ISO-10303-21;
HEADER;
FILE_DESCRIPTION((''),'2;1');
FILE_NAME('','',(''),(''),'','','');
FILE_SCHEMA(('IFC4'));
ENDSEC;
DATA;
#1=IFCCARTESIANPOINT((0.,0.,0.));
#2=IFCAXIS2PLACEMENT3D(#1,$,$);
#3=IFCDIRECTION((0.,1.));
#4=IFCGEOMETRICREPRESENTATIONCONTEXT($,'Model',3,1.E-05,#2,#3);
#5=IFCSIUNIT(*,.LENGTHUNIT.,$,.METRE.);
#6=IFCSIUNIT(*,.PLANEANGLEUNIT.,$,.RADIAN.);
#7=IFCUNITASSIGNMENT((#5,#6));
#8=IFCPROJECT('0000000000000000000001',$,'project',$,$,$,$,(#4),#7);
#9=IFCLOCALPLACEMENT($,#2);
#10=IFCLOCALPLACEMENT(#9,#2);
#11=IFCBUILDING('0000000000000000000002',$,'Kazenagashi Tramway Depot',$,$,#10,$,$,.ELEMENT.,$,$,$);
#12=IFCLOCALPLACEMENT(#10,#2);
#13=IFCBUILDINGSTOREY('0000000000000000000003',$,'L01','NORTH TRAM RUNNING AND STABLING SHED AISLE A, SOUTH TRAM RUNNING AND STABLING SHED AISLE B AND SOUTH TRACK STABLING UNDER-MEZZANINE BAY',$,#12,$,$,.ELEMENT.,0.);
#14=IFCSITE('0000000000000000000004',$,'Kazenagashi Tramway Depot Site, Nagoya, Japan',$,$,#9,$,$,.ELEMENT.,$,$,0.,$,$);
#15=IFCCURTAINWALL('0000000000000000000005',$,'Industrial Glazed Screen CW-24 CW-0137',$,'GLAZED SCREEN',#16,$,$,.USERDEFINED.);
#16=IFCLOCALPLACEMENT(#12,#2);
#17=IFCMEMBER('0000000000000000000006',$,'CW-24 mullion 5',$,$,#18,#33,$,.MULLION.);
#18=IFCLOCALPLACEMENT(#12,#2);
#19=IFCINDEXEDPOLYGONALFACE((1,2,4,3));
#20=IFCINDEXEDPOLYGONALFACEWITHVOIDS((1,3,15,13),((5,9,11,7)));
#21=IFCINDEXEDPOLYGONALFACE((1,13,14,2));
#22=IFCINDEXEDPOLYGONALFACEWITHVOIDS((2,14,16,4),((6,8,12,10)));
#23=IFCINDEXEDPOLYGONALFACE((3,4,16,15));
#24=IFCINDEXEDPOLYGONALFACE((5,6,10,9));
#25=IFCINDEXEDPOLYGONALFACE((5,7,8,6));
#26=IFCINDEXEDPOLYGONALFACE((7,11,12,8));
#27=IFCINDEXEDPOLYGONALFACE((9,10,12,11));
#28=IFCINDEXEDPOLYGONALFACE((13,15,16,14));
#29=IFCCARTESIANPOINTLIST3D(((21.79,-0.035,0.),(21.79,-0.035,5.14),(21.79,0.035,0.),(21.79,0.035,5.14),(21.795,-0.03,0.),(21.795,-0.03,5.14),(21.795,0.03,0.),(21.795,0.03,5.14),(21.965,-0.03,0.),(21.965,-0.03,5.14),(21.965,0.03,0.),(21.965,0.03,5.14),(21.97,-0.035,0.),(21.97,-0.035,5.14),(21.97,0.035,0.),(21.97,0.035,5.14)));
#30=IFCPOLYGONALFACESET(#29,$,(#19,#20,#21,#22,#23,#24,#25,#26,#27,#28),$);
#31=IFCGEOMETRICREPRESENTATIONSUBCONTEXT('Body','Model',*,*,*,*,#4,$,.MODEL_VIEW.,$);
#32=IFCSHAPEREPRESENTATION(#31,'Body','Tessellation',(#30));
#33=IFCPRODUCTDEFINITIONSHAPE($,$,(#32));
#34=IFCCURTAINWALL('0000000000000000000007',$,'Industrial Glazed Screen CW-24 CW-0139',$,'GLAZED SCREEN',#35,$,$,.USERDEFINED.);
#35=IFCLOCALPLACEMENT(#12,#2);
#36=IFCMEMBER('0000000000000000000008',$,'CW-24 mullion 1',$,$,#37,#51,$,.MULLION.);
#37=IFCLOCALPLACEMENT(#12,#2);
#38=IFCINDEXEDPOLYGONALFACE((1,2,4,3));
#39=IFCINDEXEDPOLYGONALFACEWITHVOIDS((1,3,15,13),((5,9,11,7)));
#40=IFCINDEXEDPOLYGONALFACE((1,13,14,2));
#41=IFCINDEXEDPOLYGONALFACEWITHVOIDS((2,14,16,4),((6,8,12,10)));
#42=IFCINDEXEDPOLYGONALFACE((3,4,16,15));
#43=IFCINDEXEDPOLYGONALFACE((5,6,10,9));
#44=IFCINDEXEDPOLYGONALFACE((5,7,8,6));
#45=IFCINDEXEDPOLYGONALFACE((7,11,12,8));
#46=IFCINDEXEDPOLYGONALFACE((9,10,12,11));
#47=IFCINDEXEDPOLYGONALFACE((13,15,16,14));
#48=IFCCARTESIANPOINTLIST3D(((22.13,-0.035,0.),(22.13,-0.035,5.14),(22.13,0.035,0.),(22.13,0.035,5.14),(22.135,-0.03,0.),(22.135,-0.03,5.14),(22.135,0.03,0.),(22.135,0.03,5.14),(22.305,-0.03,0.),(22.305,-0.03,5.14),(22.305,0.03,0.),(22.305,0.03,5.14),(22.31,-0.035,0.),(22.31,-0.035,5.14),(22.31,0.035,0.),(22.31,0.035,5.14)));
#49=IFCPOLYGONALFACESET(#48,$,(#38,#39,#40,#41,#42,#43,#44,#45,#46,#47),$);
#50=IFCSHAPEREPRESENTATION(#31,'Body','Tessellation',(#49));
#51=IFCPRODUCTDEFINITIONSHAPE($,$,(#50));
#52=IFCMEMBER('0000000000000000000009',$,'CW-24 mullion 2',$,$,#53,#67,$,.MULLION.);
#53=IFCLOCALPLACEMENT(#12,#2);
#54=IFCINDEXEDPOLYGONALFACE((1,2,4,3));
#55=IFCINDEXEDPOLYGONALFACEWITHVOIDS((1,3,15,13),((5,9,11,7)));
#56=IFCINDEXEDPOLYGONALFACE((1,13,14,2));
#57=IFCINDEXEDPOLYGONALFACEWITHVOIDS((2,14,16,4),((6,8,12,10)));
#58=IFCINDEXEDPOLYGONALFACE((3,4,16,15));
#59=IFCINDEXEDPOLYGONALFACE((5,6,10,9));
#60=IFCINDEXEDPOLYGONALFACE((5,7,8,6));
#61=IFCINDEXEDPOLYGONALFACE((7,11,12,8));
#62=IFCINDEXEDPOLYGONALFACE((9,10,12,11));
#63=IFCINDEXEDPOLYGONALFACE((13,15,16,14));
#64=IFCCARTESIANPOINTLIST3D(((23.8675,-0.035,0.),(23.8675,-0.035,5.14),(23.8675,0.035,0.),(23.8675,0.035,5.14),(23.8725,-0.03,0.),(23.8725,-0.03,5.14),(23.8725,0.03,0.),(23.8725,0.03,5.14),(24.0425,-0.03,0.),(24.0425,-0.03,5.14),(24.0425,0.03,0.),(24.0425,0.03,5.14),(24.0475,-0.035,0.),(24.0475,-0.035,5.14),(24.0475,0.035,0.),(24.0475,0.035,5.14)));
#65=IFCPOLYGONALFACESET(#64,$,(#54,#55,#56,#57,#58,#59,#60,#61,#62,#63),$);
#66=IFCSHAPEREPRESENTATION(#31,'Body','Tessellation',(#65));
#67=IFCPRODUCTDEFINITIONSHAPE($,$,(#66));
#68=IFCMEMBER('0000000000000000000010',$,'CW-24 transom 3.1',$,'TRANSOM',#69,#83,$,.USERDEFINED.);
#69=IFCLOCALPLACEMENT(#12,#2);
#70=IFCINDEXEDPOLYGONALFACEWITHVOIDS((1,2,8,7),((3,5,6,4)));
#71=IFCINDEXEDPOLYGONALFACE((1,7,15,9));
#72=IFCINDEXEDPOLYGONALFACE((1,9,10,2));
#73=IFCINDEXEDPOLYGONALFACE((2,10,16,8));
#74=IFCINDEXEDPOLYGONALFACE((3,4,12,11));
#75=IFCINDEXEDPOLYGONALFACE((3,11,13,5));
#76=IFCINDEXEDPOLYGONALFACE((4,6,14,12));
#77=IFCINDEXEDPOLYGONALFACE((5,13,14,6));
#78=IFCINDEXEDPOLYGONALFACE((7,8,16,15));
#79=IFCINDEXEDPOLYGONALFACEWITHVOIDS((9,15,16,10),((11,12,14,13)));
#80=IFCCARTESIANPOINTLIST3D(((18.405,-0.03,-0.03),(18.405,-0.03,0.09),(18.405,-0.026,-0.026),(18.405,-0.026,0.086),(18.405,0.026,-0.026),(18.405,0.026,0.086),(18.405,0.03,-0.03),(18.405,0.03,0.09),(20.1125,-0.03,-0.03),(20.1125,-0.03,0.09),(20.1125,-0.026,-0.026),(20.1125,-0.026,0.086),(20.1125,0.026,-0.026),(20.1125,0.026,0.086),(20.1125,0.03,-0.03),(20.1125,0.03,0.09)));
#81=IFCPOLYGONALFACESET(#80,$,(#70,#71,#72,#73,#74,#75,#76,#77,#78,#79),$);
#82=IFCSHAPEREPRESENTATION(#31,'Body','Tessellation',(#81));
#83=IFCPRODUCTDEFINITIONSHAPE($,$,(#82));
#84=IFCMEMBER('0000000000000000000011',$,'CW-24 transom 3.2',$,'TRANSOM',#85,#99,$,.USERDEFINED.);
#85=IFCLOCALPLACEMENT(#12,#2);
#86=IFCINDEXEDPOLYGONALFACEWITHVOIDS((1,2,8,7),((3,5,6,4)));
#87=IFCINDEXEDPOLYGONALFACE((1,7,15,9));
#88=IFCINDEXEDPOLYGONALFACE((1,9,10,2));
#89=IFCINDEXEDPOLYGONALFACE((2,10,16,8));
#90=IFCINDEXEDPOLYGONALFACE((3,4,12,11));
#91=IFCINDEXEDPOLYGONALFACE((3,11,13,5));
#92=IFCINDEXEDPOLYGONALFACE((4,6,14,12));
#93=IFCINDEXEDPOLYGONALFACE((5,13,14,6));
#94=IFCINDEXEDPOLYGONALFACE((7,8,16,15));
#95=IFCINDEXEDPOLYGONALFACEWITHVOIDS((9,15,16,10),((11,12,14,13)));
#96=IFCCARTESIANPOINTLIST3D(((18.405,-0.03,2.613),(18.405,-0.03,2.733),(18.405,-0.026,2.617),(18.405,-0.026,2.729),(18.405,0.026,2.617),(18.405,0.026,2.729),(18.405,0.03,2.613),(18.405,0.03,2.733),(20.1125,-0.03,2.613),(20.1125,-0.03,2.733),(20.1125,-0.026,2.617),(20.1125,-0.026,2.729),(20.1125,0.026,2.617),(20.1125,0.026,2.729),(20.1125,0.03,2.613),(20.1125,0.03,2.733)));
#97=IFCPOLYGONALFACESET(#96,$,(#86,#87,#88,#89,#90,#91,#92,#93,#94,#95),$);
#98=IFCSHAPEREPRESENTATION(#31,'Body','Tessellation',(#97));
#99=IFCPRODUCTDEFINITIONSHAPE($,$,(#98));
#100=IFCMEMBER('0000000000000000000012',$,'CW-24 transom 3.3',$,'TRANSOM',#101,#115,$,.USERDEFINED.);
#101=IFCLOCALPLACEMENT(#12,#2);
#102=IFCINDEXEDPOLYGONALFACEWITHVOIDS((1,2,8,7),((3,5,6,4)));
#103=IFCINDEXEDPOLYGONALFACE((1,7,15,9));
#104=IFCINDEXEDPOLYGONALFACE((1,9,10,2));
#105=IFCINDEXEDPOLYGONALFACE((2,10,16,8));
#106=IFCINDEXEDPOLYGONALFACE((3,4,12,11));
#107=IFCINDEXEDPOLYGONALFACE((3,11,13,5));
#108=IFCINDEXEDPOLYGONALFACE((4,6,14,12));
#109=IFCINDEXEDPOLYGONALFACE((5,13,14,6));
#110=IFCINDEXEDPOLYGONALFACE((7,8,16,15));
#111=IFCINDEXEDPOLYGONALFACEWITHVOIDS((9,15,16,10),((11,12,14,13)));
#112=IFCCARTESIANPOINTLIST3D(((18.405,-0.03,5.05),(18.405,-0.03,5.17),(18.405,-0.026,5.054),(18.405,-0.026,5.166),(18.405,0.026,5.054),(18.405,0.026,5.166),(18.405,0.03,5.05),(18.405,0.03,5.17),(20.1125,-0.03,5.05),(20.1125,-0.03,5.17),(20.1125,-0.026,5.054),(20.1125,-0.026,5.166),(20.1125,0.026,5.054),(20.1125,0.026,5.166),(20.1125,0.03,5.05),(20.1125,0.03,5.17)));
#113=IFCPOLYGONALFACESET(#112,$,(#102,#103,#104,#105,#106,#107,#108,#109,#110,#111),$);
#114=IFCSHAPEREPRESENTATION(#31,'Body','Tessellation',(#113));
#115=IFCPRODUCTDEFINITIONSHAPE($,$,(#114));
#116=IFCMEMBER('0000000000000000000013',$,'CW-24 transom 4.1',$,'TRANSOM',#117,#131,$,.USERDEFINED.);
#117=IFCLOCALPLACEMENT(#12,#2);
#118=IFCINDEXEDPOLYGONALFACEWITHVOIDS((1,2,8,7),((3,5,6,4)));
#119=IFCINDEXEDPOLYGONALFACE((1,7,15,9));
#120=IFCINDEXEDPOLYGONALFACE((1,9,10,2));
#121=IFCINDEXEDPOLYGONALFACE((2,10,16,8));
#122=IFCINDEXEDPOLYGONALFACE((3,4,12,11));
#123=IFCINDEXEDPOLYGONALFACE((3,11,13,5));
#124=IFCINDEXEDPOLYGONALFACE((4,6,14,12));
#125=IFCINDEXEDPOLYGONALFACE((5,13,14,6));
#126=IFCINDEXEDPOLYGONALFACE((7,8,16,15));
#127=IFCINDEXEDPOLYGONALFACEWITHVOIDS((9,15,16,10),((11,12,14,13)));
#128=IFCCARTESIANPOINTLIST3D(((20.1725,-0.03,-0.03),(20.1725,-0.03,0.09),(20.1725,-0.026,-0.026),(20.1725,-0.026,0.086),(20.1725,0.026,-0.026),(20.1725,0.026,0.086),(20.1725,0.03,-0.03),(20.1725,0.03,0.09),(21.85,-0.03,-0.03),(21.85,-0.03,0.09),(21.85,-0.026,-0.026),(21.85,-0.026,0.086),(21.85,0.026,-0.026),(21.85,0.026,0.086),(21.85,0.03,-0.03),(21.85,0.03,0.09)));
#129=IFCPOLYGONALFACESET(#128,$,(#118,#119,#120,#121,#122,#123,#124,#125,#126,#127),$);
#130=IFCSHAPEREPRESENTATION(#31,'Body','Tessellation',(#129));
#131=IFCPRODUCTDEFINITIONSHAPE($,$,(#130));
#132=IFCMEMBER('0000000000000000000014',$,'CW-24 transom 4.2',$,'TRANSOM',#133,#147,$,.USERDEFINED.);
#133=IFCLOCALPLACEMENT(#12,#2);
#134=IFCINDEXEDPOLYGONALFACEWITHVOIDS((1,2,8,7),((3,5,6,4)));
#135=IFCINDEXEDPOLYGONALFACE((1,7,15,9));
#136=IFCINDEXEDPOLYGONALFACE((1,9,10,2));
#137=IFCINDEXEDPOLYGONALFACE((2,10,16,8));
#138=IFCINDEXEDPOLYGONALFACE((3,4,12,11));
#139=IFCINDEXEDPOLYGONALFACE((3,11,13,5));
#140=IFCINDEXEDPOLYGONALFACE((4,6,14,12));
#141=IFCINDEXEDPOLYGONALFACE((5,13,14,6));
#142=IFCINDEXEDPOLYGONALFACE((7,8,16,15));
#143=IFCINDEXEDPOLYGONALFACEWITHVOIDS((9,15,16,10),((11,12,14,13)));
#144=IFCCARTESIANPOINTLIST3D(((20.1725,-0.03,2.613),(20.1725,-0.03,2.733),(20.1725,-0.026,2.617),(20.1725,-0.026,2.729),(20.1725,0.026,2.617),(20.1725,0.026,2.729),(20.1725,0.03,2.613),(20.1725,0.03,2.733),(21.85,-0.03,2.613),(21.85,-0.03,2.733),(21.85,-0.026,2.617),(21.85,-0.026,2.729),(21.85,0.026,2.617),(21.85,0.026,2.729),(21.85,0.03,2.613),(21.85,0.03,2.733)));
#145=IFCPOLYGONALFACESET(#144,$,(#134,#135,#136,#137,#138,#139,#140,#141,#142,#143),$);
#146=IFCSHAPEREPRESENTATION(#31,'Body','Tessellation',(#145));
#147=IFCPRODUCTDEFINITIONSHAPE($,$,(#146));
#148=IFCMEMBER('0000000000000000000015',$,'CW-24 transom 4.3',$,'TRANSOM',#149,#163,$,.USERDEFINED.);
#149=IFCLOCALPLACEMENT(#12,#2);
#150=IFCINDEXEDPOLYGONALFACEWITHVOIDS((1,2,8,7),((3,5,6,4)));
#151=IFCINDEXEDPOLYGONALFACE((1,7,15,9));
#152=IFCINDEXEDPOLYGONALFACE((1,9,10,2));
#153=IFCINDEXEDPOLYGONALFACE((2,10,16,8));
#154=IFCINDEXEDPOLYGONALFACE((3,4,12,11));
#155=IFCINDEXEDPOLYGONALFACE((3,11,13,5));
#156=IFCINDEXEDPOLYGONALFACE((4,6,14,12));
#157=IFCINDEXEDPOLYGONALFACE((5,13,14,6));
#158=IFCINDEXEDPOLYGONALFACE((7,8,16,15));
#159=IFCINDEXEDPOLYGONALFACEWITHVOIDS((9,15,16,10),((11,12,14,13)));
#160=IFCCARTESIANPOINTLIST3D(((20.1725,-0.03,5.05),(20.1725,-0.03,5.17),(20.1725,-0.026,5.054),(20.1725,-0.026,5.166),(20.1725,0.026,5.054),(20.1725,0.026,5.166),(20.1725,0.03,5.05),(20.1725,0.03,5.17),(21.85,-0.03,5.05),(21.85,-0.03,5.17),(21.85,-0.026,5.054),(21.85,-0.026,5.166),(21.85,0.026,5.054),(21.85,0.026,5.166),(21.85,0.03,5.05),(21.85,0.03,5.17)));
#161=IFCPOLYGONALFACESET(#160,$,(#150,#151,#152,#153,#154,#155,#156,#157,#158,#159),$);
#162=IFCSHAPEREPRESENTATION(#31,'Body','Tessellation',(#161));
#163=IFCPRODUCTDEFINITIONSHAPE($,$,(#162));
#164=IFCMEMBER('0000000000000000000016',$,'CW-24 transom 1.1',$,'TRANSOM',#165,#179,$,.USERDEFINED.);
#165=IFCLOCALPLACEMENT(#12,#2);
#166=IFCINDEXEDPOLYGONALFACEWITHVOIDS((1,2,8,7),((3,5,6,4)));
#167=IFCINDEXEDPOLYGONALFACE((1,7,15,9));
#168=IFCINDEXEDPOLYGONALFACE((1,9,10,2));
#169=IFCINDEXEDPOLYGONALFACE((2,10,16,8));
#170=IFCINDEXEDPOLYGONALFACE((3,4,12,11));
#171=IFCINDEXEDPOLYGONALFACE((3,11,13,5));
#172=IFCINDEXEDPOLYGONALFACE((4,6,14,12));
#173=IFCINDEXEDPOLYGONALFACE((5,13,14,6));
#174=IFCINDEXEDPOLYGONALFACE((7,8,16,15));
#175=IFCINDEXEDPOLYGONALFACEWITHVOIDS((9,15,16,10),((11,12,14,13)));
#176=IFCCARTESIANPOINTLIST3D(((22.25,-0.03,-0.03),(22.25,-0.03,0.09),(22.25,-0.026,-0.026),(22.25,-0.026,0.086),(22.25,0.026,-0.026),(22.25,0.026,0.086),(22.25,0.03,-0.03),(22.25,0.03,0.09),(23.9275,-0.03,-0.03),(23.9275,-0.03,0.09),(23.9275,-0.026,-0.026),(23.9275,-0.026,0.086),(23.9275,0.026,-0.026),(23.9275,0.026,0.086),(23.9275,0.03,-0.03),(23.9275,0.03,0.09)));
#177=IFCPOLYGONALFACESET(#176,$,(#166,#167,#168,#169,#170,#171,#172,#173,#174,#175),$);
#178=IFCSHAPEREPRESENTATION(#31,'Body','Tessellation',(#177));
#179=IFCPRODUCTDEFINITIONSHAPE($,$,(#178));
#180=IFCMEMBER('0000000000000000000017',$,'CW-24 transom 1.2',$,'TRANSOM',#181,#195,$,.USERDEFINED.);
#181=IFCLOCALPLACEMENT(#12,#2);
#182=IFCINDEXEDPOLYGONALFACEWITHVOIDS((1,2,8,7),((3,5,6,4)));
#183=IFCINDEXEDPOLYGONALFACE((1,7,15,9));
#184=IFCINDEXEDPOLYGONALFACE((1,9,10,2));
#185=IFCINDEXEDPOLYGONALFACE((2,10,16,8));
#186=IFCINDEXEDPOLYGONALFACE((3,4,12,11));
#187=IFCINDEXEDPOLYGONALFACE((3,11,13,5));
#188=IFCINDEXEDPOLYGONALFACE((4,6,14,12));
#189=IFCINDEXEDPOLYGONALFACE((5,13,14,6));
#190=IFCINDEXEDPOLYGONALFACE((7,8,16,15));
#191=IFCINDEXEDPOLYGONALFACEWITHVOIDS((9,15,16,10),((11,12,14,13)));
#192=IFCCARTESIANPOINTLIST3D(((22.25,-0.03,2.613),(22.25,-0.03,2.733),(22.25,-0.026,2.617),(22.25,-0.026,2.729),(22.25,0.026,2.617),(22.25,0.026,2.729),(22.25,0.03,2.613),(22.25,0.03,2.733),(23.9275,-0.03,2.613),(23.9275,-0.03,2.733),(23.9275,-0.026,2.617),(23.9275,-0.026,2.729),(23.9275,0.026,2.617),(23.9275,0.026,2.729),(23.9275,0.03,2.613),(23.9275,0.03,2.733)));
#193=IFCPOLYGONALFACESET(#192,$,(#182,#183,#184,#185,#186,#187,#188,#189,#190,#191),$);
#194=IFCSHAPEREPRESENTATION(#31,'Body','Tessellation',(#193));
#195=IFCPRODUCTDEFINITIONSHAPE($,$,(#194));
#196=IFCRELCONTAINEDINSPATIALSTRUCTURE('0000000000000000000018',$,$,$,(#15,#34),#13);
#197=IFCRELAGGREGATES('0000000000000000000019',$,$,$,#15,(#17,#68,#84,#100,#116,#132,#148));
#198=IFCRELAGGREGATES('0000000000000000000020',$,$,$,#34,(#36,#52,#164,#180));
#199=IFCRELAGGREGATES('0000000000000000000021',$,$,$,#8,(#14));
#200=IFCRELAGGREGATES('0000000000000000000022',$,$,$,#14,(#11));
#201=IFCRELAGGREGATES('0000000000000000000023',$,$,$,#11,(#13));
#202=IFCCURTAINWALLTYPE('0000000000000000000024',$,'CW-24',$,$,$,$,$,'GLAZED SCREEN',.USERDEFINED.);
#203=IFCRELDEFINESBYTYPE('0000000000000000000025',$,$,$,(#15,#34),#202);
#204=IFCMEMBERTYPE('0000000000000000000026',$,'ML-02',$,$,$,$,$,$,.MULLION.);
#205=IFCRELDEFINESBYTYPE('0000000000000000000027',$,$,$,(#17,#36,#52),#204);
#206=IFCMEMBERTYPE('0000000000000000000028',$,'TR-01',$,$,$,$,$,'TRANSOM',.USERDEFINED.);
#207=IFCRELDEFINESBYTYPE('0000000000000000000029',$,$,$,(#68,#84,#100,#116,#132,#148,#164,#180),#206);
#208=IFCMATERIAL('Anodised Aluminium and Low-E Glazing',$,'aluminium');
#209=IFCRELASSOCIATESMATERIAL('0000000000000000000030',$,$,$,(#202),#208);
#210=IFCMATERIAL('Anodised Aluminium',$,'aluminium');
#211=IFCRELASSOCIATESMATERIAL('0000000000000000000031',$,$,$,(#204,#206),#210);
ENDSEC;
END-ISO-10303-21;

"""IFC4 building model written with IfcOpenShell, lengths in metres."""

from ifc_helpers import new_model, si_unit, direction, frame, origin, origin_2d, place, context, subcontext, project, spatial, hollow_rectangle, extrude, material, material_profile, profile_set, type_object, element, aggregate, save


model = new_model("IFC4")

# Units and contexts
model_context = context("Model", 3, precision=1e-05, world=origin(), true_north=direction((0.0, 1.0)))
body_context = subcontext(model_context, "Body", "Model", "MODEL_VIEW")
ifc_project = project(units=[si_unit("LENGTHUNIT", "METRE"), si_unit("PLANEANGLEUNIT", "RADIAN")], contexts=[model_context])

# Site, building, storey
site_placement = place(None, origin())
site = spatial("IfcSite", under=ifc_project, at=site_placement, Name="Kazenagashi Tramway Depot Site, Nagoya, Japan", CompositionType="ELEMENT", RefElevation=0.0)
building_placement = place(site_placement, origin())
building = spatial("IfcBuilding", under=site, at=building_placement, Name="Kazenagashi Tramway Depot", CompositionType="ELEMENT")
storey_placement = place(building_placement, origin())
storey = spatial("IfcBuildingStorey", under=building, at=storey_placement, Name="L01", Description="NORTH TRAM RUNNING AND STABLING SHED AISLE A, SOUTH TRAM RUNNING AND STABLING SHED AISLE B AND SOUTH TRACK STABLING UNDER-MEZZANINE BAY", CompositionType="ELEMENT", Elevation=0.0)

# Curtain walls, members
ifc_material_1 = material(Name="Anodised Aluminium and Low-E Glazing", Category="aluminium")
curtain_wall_type = type_object("IfcCurtainWallType", Name="CW-24", ElementType="GLAZED SCREEN", PredefinedType="USERDEFINED", material=ifc_material_1)
curtain_wall_1_placement = place(storey_placement, origin())
curtain_wall_1 = element("IfcCurtainWall", 1, at=curtain_wall_1_placement, inside=storey, type_object=curtain_wall_type, Name="Industrial Glazed Screen CW-24 CW-0137", ObjectType="GLAZED SCREEN", PredefinedType="USERDEFINED")
ifc_material_2 = material(Name="Anodised Aluminium", Category="aluminium")
ifc_material_profile_1 = material_profile(ifc_material_2, hollow_rectangle(XDim=0.07, YDim=0.18, WallThickness=0.005, at=origin_2d()), Name="RHS-180x70x5")
ifc_profile_set_1 = profile_set([ifc_material_profile_1], Name="Anodised Aluminium")
member_type_1 = type_object("IfcMemberType", Name="ML-02", PredefinedType="MULLION", material=ifc_profile_set_1)
member_1_placement = place(storey_placement, frame((21.88, 0.0, 0.0), z_axis=(0.0, 0.0, 1.0), x_axis=(0.0, 1.0, 0.0)))
member_1 = element("IfcMember", 2, at=member_1_placement, type_object=member_type_1, Name="CW-24 mullion 5", PredefinedType="MULLION", context=body_context, shape_type="SweptSolid", body=[
    extrude(hollow_rectangle(XDim=0.07, YDim=0.18, WallThickness=0.005, at=origin_2d()), origin(), (0.0, 0.0, 1.0), 5.14),
])
curtain_wall_2_placement = place(storey_placement, origin())
curtain_wall_2 = element("IfcCurtainWall", 3, at=curtain_wall_2_placement, inside=storey, type_object=curtain_wall_type, Name="Industrial Glazed Screen CW-24 CW-0139", ObjectType="GLAZED SCREEN", PredefinedType="USERDEFINED")
member_2_placement = place(storey_placement, frame((22.22, 0.0, 0.0), z_axis=(0.0, 0.0, 1.0), x_axis=(0.0, 1.0, 0.0)))
member_2 = element("IfcMember", 4, at=member_2_placement, type_object=member_type_1, Name="CW-24 mullion 1", PredefinedType="MULLION", context=body_context, shape_type="SweptSolid", body=[
    extrude(hollow_rectangle(XDim=0.07, YDim=0.18, WallThickness=0.005, at=origin_2d()), origin(), (0.0, 0.0, 1.0), 5.14),
])
member_3_placement = place(storey_placement, frame((23.9575, 0.0, 0.0), z_axis=(0.0, 0.0, 1.0), x_axis=(0.0, 1.0, 0.0)))
member_3 = element("IfcMember", 5, at=member_3_placement, type_object=member_type_1, Name="CW-24 mullion 2", PredefinedType="MULLION", context=body_context, shape_type="SweptSolid", body=[
    extrude(hollow_rectangle(XDim=0.07, YDim=0.18, WallThickness=0.005, at=origin_2d()), origin(), (0.0, 0.0, 1.0), 5.14),
])

# Members
ifc_material_profile_2 = material_profile(ifc_material_2, hollow_rectangle(XDim=0.06, YDim=0.12, WallThickness=0.004, at=origin_2d()), Name="RHS-120x60x4")
ifc_profile_set_2 = profile_set([ifc_material_profile_2], Name="Anodised Aluminium")
member_type_2 = type_object("IfcMemberType", Name="TR-01", ElementType="TRANSOM", PredefinedType="USERDEFINED", material=ifc_profile_set_2)
member_4_placement = place(storey_placement, frame((18.405, 0.0, 0.03), z_axis=(1.0, 0.0, 0.0), x_axis=(0.0, 1.0, 0.0)))
member_4 = element("IfcMember", 6, at=member_4_placement, type_object=member_type_2, Name="CW-24 transom 3.1", ObjectType="TRANSOM", PredefinedType="USERDEFINED", context=body_context, shape_type="SweptSolid", body=[
    extrude(hollow_rectangle(XDim=0.06, YDim=0.12, WallThickness=0.004, at=origin_2d()), origin(), (0.0, 0.0, 1.0), 1.7075),
])
member_5_placement = place(storey_placement, frame((18.405, 0.0, 2.673), z_axis=(1.0, 0.0, 0.0), x_axis=(0.0, 1.0, 0.0)))
member_5 = element("IfcMember", 7, at=member_5_placement, type_object=member_type_2, Name="CW-24 transom 3.2", ObjectType="TRANSOM", PredefinedType="USERDEFINED", context=body_context, shape_type="SweptSolid", body=[
    extrude(hollow_rectangle(XDim=0.06, YDim=0.12, WallThickness=0.004, at=origin_2d()), origin(), (0.0, 0.0, 1.0), 1.7075),
])
member_6_placement = place(storey_placement, frame((18.405, 0.0, 5.11), z_axis=(1.0, 0.0, 0.0), x_axis=(0.0, 1.0, 0.0)))
member_6 = element("IfcMember", 8, at=member_6_placement, type_object=member_type_2, Name="CW-24 transom 3.3", ObjectType="TRANSOM", PredefinedType="USERDEFINED", context=body_context, shape_type="SweptSolid", body=[
    extrude(hollow_rectangle(XDim=0.06, YDim=0.12, WallThickness=0.004, at=origin_2d()), origin(), (0.0, 0.0, 1.0), 1.7075),
])
member_7_placement = place(storey_placement, frame((20.1725, 0.0, 0.03), z_axis=(1.0, 0.0, 0.0), x_axis=(0.0, 1.0, 0.0)))
member_7 = element("IfcMember", 9, at=member_7_placement, type_object=member_type_2, Name="CW-24 transom 4.1", ObjectType="TRANSOM", PredefinedType="USERDEFINED", context=body_context, shape_type="SweptSolid", body=[
    extrude(hollow_rectangle(XDim=0.06, YDim=0.12, WallThickness=0.004, at=origin_2d()), origin(), (0.0, 0.0, 1.0), 1.6775),
])
member_8_placement = place(storey_placement, frame((20.1725, 0.0, 2.673), z_axis=(1.0, 0.0, 0.0), x_axis=(0.0, 1.0, 0.0)))
member_8 = element("IfcMember", 10, at=member_8_placement, type_object=member_type_2, Name="CW-24 transom 4.2", ObjectType="TRANSOM", PredefinedType="USERDEFINED", context=body_context, shape_type="SweptSolid", body=[
    extrude(hollow_rectangle(XDim=0.06, YDim=0.12, WallThickness=0.004, at=origin_2d()), origin(), (0.0, 0.0, 1.0), 1.6775),
])
member_9_placement = place(storey_placement, frame((20.1725, 0.0, 5.11), z_axis=(1.0, 0.0, 0.0), x_axis=(0.0, 1.0, 0.0)))
member_9 = element("IfcMember", 11, at=member_9_placement, type_object=member_type_2, Name="CW-24 transom 4.3", ObjectType="TRANSOM", PredefinedType="USERDEFINED", context=body_context, shape_type="SweptSolid", body=[
    extrude(hollow_rectangle(XDim=0.06, YDim=0.12, WallThickness=0.004, at=origin_2d()), origin(), (0.0, 0.0, 1.0), 1.6775),
])
member_10_placement = place(storey_placement, frame((22.25, 0.0, 0.03), z_axis=(1.0, 0.0, 0.0), x_axis=(0.0, 1.0, 0.0)))
member_10 = element("IfcMember", 12, at=member_10_placement, type_object=member_type_2, Name="CW-24 transom 1.1", ObjectType="TRANSOM", PredefinedType="USERDEFINED", context=body_context, shape_type="SweptSolid", body=[
    extrude(hollow_rectangle(XDim=0.06, YDim=0.12, WallThickness=0.004, at=origin_2d()), origin(), (0.0, 0.0, 1.0), 1.6775),
])
member_11_placement = place(storey_placement, frame((22.25, 0.0, 2.673), z_axis=(1.0, 0.0, 0.0), x_axis=(0.0, 1.0, 0.0)))
member_11 = element("IfcMember", 13, at=member_11_placement, type_object=member_type_2, Name="CW-24 transom 1.2", ObjectType="TRANSOM", PredefinedType="USERDEFINED", context=body_context, shape_type="SweptSolid", body=[
    extrude(hollow_rectangle(XDim=0.06, YDim=0.12, WallThickness=0.004, at=origin_2d()), origin(), (0.0, 0.0, 1.0), 1.6775),
])

aggregate(curtain_wall_1, [member_1, member_4, member_5, member_6, member_7, member_8, member_9])
aggregate(curtain_wall_2, [member_2, member_3, member_10, member_11])

save(model, "model.ifc")
